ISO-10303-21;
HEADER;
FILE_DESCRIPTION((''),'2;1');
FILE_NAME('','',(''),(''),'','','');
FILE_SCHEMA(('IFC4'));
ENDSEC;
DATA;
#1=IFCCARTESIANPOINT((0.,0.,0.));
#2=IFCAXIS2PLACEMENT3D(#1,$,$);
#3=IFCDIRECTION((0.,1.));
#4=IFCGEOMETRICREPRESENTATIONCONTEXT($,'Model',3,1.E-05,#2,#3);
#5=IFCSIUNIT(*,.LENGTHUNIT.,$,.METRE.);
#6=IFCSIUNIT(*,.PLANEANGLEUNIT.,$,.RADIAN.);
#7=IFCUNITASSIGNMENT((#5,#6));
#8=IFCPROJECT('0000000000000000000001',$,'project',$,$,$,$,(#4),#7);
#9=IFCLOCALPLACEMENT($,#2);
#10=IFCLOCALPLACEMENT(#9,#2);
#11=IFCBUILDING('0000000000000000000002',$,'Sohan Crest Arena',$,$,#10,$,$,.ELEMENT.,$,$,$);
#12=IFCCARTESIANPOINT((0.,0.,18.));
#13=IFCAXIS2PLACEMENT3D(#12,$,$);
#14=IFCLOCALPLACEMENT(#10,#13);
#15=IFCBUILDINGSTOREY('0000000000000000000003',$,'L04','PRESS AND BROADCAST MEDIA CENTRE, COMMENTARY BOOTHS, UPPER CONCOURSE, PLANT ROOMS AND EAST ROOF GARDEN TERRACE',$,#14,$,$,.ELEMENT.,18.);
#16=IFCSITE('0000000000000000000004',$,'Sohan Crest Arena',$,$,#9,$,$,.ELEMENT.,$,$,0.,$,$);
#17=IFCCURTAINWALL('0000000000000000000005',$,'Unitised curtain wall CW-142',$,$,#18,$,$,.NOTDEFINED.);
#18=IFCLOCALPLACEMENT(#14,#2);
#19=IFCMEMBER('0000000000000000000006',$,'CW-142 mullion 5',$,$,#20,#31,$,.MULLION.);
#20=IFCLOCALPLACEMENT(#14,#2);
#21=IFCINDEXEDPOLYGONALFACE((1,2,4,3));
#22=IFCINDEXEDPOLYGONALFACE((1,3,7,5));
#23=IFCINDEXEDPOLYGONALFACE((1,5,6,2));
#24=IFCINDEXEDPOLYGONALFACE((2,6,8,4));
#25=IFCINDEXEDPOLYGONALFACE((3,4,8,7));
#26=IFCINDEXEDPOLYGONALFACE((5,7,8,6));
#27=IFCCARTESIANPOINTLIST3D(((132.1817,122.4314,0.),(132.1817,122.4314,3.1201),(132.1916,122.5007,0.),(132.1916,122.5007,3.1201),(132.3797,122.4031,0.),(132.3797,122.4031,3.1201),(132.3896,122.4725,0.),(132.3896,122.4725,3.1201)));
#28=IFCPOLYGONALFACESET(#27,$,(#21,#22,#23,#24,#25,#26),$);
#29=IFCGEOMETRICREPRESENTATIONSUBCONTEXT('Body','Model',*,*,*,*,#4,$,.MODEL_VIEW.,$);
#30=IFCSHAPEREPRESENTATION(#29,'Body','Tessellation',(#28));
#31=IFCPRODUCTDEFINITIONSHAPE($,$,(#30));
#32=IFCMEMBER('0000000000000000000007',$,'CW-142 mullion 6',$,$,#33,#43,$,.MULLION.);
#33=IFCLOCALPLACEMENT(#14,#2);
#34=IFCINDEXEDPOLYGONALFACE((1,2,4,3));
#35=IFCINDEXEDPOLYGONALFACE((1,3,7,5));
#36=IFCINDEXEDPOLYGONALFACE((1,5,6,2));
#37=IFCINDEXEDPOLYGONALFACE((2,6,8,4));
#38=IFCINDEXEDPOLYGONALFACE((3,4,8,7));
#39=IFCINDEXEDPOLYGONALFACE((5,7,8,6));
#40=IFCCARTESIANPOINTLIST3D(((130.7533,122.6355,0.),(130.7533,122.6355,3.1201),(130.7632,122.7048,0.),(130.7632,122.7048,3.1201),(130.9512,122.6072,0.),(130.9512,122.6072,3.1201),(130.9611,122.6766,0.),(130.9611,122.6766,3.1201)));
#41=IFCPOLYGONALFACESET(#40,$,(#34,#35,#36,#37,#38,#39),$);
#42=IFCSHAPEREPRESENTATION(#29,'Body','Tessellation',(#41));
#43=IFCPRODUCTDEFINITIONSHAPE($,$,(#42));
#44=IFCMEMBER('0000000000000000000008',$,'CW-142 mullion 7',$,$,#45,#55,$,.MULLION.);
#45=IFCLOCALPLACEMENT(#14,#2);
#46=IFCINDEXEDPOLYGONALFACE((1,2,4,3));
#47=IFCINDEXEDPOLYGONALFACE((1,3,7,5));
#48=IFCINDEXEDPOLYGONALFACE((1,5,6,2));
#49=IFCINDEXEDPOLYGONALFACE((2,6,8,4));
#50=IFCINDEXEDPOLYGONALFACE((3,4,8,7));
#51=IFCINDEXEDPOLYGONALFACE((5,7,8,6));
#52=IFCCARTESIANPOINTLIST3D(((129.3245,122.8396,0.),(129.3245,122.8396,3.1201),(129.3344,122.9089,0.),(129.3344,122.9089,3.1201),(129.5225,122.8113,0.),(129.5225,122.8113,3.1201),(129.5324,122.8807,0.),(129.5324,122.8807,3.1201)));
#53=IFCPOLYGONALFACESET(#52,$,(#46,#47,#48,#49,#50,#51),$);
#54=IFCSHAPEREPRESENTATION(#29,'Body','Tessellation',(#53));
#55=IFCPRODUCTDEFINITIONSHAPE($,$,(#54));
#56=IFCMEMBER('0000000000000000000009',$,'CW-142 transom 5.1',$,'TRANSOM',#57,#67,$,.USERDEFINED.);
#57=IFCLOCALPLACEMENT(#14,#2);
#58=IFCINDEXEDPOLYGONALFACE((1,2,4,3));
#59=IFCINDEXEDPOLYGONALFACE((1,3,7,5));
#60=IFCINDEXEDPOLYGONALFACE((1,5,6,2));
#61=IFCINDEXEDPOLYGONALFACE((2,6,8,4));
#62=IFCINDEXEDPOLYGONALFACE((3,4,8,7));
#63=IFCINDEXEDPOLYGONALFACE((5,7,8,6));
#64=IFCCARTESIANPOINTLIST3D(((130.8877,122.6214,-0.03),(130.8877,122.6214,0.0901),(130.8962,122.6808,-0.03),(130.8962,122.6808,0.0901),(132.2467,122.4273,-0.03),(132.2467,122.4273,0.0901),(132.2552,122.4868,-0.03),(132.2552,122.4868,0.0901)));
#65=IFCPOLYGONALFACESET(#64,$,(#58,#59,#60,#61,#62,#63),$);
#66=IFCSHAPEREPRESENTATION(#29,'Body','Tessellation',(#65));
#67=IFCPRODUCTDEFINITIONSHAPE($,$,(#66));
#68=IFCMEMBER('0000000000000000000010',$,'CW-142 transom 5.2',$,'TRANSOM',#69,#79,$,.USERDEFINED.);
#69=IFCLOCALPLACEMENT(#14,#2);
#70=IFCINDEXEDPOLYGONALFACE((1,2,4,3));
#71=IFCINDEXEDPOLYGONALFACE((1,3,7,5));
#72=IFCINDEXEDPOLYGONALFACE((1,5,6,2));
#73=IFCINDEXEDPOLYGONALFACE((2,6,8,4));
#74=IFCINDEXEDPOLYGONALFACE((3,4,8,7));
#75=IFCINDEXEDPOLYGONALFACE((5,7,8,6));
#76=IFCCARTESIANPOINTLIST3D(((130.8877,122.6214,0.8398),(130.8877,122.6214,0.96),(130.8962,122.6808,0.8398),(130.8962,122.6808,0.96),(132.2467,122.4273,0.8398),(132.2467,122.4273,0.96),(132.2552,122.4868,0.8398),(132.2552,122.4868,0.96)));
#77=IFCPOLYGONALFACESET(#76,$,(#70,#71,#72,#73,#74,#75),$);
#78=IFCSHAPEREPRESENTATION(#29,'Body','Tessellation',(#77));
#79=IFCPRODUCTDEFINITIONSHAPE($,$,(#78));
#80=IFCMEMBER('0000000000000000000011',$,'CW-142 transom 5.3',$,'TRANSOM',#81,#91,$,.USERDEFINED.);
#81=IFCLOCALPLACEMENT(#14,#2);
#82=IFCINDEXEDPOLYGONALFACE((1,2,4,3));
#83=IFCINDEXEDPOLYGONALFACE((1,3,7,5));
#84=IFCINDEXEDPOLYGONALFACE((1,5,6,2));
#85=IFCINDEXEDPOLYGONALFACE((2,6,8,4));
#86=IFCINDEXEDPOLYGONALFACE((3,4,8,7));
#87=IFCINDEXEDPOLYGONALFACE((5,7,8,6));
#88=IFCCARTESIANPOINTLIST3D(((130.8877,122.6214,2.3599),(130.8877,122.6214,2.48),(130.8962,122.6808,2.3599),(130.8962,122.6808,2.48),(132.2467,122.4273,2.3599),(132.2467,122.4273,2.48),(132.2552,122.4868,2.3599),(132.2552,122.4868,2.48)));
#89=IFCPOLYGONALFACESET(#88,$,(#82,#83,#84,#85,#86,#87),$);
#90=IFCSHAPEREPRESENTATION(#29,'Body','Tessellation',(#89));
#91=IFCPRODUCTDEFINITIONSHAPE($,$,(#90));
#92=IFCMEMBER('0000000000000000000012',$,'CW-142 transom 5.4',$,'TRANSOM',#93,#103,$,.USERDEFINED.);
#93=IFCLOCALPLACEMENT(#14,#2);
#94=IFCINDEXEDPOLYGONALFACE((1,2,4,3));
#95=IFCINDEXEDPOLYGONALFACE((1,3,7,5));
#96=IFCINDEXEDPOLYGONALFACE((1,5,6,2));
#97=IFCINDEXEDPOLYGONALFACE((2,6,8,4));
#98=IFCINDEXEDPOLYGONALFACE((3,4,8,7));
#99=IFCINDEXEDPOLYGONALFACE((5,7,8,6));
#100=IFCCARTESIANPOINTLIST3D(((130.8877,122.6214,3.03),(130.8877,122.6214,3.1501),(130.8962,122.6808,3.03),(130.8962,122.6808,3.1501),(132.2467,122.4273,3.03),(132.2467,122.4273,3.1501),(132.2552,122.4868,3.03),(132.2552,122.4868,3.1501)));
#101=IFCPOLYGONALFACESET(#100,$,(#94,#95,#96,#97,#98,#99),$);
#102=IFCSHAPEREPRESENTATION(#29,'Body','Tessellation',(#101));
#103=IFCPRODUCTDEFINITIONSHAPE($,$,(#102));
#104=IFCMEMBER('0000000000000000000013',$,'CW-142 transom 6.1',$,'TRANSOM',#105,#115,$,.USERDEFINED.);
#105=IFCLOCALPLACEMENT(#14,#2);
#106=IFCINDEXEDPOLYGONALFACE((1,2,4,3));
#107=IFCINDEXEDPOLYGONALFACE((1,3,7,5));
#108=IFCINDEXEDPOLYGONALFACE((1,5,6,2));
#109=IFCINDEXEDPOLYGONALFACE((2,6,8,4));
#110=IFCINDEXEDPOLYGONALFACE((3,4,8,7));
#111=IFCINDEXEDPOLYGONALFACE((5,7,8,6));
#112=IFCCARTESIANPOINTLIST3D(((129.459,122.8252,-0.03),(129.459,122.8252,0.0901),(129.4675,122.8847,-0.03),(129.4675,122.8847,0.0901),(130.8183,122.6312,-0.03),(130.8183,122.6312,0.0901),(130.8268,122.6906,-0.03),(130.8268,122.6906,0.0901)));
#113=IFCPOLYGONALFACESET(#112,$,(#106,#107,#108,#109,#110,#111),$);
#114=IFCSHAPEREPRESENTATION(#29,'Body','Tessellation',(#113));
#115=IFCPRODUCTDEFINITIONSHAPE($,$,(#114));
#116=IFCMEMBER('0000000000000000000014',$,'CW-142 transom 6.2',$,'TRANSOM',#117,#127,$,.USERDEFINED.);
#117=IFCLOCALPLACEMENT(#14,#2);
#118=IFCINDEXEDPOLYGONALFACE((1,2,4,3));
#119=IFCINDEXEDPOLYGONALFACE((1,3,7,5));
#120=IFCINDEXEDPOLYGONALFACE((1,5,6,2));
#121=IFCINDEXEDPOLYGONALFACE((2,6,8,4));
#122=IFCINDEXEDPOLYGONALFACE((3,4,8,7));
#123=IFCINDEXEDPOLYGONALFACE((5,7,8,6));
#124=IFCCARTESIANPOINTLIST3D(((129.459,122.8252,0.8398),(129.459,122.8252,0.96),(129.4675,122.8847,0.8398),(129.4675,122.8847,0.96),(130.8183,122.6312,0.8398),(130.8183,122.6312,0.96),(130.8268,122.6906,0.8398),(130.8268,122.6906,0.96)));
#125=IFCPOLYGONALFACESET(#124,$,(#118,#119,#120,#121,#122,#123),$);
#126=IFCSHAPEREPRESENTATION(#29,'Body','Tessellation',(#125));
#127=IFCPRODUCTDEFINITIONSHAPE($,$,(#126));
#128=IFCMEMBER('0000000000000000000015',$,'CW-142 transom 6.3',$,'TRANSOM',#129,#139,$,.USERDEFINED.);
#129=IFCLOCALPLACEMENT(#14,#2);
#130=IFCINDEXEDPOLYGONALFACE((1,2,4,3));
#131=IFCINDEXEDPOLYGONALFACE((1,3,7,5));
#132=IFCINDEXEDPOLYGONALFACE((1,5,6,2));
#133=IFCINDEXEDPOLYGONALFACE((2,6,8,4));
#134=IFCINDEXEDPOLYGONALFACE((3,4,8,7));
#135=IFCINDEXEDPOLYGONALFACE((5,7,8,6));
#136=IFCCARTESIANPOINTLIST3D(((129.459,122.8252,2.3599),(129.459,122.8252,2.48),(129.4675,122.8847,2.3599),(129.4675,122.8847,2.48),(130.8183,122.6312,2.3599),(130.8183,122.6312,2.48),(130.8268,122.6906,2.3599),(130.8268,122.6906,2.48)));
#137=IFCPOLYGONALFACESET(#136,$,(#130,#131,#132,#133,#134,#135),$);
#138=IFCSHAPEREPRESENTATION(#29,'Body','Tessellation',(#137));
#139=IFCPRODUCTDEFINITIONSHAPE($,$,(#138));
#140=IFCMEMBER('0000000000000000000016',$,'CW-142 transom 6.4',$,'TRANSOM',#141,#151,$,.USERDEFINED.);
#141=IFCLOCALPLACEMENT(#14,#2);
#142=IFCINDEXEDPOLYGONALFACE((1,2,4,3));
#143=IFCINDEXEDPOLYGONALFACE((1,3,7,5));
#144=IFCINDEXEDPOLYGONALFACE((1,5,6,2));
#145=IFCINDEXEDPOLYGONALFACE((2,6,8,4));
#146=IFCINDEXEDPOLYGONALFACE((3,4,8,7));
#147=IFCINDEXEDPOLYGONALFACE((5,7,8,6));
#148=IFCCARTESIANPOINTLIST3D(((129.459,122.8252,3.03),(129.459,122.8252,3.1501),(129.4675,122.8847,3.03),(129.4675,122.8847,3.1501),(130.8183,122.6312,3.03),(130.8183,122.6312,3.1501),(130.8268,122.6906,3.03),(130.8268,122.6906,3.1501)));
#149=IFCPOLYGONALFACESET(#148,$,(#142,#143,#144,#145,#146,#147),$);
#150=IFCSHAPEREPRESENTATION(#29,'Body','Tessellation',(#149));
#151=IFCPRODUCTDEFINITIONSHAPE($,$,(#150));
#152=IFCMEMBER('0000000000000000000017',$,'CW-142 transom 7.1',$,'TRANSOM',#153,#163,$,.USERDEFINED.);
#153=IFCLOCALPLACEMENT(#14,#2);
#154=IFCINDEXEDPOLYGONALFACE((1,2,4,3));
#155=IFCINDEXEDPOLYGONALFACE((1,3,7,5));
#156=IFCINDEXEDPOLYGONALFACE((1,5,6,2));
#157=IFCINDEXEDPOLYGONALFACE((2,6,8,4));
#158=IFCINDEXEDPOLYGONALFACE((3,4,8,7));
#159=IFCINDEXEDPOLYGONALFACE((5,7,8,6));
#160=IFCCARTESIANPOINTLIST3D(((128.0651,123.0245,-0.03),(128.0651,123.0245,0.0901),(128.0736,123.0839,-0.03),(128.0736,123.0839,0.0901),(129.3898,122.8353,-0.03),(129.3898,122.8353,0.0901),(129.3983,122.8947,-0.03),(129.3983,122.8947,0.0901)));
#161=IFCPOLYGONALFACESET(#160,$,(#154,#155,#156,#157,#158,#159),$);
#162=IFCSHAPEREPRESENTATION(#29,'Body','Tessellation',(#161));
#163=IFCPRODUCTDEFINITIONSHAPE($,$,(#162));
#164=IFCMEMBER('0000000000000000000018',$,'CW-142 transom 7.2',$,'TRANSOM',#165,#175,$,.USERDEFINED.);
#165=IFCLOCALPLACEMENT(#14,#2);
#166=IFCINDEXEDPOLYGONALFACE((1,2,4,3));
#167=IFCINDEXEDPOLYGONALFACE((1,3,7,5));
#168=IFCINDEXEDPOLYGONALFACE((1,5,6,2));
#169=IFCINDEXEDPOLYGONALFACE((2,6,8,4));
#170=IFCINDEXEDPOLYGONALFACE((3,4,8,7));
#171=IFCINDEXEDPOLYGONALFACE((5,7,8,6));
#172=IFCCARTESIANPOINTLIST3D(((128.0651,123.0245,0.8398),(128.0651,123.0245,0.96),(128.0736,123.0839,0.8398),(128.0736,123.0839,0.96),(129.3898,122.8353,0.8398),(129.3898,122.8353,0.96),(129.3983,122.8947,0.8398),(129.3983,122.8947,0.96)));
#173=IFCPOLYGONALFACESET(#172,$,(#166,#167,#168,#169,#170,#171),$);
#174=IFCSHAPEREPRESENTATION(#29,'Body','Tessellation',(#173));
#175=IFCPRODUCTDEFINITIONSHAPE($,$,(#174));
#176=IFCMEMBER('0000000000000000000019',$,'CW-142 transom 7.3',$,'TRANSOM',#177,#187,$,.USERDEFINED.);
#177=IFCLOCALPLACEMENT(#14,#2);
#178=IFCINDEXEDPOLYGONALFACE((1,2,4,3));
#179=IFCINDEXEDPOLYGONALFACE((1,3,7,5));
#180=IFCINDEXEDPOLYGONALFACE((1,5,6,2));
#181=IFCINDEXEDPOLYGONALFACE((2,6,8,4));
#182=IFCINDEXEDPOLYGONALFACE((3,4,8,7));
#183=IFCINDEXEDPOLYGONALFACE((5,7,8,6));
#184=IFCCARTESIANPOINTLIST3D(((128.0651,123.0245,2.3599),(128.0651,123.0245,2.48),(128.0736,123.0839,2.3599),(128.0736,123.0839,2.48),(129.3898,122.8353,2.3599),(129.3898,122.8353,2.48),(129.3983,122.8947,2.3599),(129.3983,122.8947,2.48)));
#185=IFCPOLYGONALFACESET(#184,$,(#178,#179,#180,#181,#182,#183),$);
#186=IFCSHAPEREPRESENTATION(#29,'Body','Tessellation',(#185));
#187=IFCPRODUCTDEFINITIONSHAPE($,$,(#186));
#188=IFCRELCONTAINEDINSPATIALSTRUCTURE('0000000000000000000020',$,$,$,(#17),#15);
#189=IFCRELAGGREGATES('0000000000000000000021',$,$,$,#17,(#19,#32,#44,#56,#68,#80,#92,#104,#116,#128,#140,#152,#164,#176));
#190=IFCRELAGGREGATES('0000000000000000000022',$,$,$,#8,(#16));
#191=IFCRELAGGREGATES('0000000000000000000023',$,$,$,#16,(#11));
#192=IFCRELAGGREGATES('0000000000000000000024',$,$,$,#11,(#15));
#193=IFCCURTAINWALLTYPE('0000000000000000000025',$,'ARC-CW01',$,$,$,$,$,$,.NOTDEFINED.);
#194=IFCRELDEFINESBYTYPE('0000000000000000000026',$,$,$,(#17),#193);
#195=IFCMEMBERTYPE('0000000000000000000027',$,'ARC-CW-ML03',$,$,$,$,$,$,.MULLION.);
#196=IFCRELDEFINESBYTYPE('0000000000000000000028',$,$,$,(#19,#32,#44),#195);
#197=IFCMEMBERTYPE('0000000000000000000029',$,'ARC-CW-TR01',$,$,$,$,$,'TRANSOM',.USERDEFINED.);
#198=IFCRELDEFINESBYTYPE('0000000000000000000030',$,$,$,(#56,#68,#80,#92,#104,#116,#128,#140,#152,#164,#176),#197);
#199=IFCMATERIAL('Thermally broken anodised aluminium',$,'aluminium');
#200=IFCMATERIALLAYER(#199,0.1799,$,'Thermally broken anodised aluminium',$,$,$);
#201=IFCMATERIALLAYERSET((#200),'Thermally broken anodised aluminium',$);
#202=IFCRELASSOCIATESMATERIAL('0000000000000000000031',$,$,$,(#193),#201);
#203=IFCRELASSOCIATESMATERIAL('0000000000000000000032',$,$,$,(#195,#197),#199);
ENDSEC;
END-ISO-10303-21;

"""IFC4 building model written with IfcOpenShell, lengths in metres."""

from ifc_helpers import new_model, si_unit, direction, frame, origin, origin_2d, place, context, subcontext, project, spatial, rectangle, extrude, material, layer, layer_set, material_profile, profile_set, type_object, element, aggregate, save


model = new_model("IFC4")

# Units and contexts
model_context = context("Model", 3, precision=1e-05, world=origin(), true_north=direction((0.0, 1.0)))
body_context = subcontext(model_context, "Body", "Model", "MODEL_VIEW")
ifc_project = project(units=[si_unit("LENGTHUNIT", "METRE"), si_unit("PLANEANGLEUNIT", "RADIAN")], contexts=[model_context])

# Site, building, storey
site_placement = place(None, origin())
site = spatial("IfcSite", under=ifc_project, at=site_placement, Name="Sohan Crest Arena", CompositionType="ELEMENT", RefElevation=0.0)
building_placement = place(site_placement, origin())
building = spatial("IfcBuilding", under=site, at=building_placement, Name="Sohan Crest Arena", CompositionType="ELEMENT")
storey_placement = place(building_placement, frame((0.0, 0.0, 18.0)))
storey = spatial("IfcBuildingStorey", under=building, at=storey_placement, Name="L04", Description="PRESS AND BROADCAST MEDIA CENTRE, COMMENTARY BOOTHS, UPPER CONCOURSE, PLANT ROOMS AND EAST ROOF GARDEN TERRACE", CompositionType="ELEMENT", Elevation=18.0)

# Curtain wall, members
ifc_material_1 = material(Name="Thermally broken anodised aluminium", Category="aluminium")
ifc_layer_1 = layer(ifc_material_1, 0.1799, Name="Thermally broken anodised aluminium")
ifc_layer_set_1 = layer_set([ifc_layer_1], Name="Thermally broken anodised aluminium")
curtain_wall_type = type_object("IfcCurtainWallType", Name="ARC-CW01", PredefinedType="NOTDEFINED", material=ifc_layer_set_1)
curtain_wall_placement = place(storey_placement, origin())
curtain_wall = element("IfcCurtainWall", 1, at=curtain_wall_placement, inside=storey, type_object=curtain_wall_type, Name="Unitised curtain wall CW-142", PredefinedType="NOTDEFINED")
ifc_material_profile_1 = material_profile(ifc_material_1, rectangle(XDim=0.0701, YDim=0.2, at=origin_2d()), Name="ALU-MULL 70x200")
ifc_profile_set_1 = profile_set([ifc_material_profile_1], Name="Thermally broken anodised aluminium")
member_type_1 = type_object("IfcMemberType", Name="ARC-CW-ML03", PredefinedType="MULLION", material=ifc_profile_set_1)
member_1_placement = place(storey_placement, frame((132.2856, 122.4519, 0.0), z_axis=(0.0, 0.0, 1.0), x_axis=(-0.141366, -0.989957, 0.0)))
member_1 = element("IfcMember", 2, at=member_1_placement, type_object=member_type_1, Name="CW-142 mullion 5", PredefinedType="MULLION", context=body_context, shape_type="SweptSolid", body=[
    extrude(rectangle(XDim=0.0701, YDim=0.2, at=origin_2d()), origin(), (0.0, 0.0, 1.0), 3.1201),
])
member_2_placement = place(storey_placement, frame((130.8572, 122.656, 0.0), z_axis=(0.0, 0.0, 1.0), x_axis=(-0.141366, -0.989957, 0.0)))
member_2 = element("IfcMember", 3, at=member_2_placement, type_object=member_type_1, Name="CW-142 mullion 6", PredefinedType="MULLION", context=body_context, shape_type="SweptSolid", body=[
    extrude(rectangle(XDim=0.0701, YDim=0.2, at=origin_2d()), origin(), (0.0, 0.0, 1.0), 3.1201),
])
member_3_placement = place(storey_placement, frame((129.4285, 122.8601, 0.0), z_axis=(0.0, 0.0, 1.0), x_axis=(-0.141366, -0.989957, 0.0)))
member_3 = element("IfcMember", 4, at=member_3_placement, type_object=member_type_1, Name="CW-142 mullion 7", PredefinedType="MULLION", context=body_context, shape_type="SweptSolid", body=[
    extrude(rectangle(XDim=0.0701, YDim=0.2, at=origin_2d()), origin(), (0.0, 0.0, 1.0), 3.1201),
])
ifc_material_profile_2 = material_profile(ifc_material_1, rectangle(XDim=0.0601, YDim=0.1201, at=origin_2d()), Name="ALU-TRAN 60x120")
ifc_profile_set_2 = profile_set([ifc_material_profile_2], Name="Thermally broken anodised aluminium")
member_type_2 = type_object("IfcMemberType", Name="ARC-CW-TR01", ElementType="TRANSOM", PredefinedType="USERDEFINED", material=ifc_profile_set_2)
member_4_placement = place(storey_placement, frame((132.251, 122.457, 0.03), z_axis=(-0.989957, 0.141372, 0.0), x_axis=(-0.141372, -0.989957, 0.0)))
member_4 = element("IfcMember", 5, at=member_4_placement, type_object=member_type_2, Name="CW-142 transom 5.1", ObjectType="TRANSOM", PredefinedType="USERDEFINED", context=body_context, shape_type="SweptSolid", body=[
    extrude(rectangle(XDim=0.0601, YDim=0.1201, at=origin_2d()), origin(), (0.0, 0.0, 1.0), 1.3728),
])
member_5_placement = place(storey_placement, frame((132.251, 122.457, 0.8999), z_axis=(-0.989957, 0.141372, 0.0), x_axis=(-0.141372, -0.989957, 0.0)))
member_5 = element("IfcMember", 6, at=member_5_placement, type_object=member_type_2, Name="CW-142 transom 5.2", ObjectType="TRANSOM", PredefinedType="USERDEFINED", context=body_context, shape_type="SweptSolid", body=[
    extrude(rectangle(XDim=0.0601, YDim=0.1201, at=origin_2d()), origin(), (0.0, 0.0, 1.0), 1.3728),
])
member_6_placement = place(storey_placement, frame((132.251, 122.457, 2.4199), z_axis=(-0.989957, 0.141372, 0.0), x_axis=(-0.141372, -0.989957, 0.0)))
member_6 = element("IfcMember", 7, at=member_6_placement, type_object=member_type_2, Name="CW-142 transom 5.3", ObjectType="TRANSOM", PredefinedType="USERDEFINED", context=body_context, shape_type="SweptSolid", body=[
    extrude(rectangle(XDim=0.0601, YDim=0.1201, at=origin_2d()), origin(), (0.0, 0.0, 1.0), 1.3728),
])
member_7_placement = place(storey_placement, frame((132.251, 122.457, 3.0901), z_axis=(-0.989957, 0.141372, 0.0), x_axis=(-0.141372, -0.989957, 0.0)))
member_7 = element("IfcMember", 8, at=member_7_placement, type_object=member_type_2, Name="CW-142 transom 5.4", ObjectType="TRANSOM", PredefinedType="USERDEFINED", context=body_context, shape_type="SweptSolid", body=[
    extrude(rectangle(XDim=0.0601, YDim=0.1201, at=origin_2d()), origin(), (0.0, 0.0, 1.0), 1.3728),
])
member_8_placement = place(storey_placement, frame((130.8225, 122.6609, 0.03), z_axis=(-0.98996, 0.141347, 0.0), x_axis=(-0.141347, -0.98996, 0.0)))
member_8 = element("IfcMember", 9, at=member_8_placement, type_object=member_type_2, Name="CW-142 transom 6.1", ObjectType="TRANSOM", PredefinedType="USERDEFINED", context=body_context, shape_type="SweptSolid", body=[
    extrude(rectangle(XDim=0.0601, YDim=0.1201, at=origin_2d()), origin(), (0.0, 0.0, 1.0), 1.373),
])
member_9_placement = place(storey_placement, frame((130.8225, 122.6609, 0.8999), z_axis=(-0.98996, 0.141347, 0.0), x_axis=(-0.141347, -0.98996, 0.0)))
member_9 = element("IfcMember", 10, at=member_9_placement, type_object=member_type_2, Name="CW-142 transom 6.2", ObjectType="TRANSOM", PredefinedType="USERDEFINED", context=body_context, shape_type="SweptSolid", body=[
    extrude(rectangle(XDim=0.0601, YDim=0.1201, at=origin_2d()), origin(), (0.0, 0.0, 1.0), 1.373),
])
member_10_placement = place(storey_placement, frame((130.8225, 122.6609, 2.4199), z_axis=(-0.98996, 0.141347, 0.0), x_axis=(-0.141347, -0.98996, 0.0)))
member_10 = element("IfcMember", 11, at=member_10_placement, type_object=member_type_2, Name="CW-142 transom 6.3", ObjectType="TRANSOM", PredefinedType="USERDEFINED", context=body_context, shape_type="SweptSolid", body=[
    extrude(rectangle(XDim=0.0601, YDim=0.1201, at=origin_2d()), origin(), (0.0, 0.0, 1.0), 1.373),
])
member_11_placement = place(storey_placement, frame((130.8225, 122.6609, 3.0901), z_axis=(-0.98996, 0.141347, 0.0), x_axis=(-0.141347, -0.98996, 0.0)))
member_11 = element("IfcMember", 12, at=member_11_placement, type_object=member_type_2, Name="CW-142 transom 6.4", ObjectType="TRANSOM", PredefinedType="USERDEFINED", context=body_context, shape_type="SweptSolid", body=[
    extrude(rectangle(XDim=0.0601, YDim=0.1201, at=origin_2d()), origin(), (0.0, 0.0, 1.0), 1.373),
])
member_12_placement = place(storey_placement, frame((129.394, 122.865, 0.03), z_axis=(-0.989953, 0.141396, 0.0), x_axis=(-0.141396, -0.989953, 0.0)))
member_12 = element("IfcMember", 13, at=member_12_placement, type_object=member_type_2, Name="CW-142 transom 7.1", ObjectType="TRANSOM", PredefinedType="USERDEFINED", context=body_context, shape_type="SweptSolid", body=[
    extrude(rectangle(XDim=0.0601, YDim=0.1201, at=origin_2d()), origin(), (0.0, 0.0, 1.0), 1.3381),
])
member_13_placement = place(storey_placement, frame((129.394, 122.865, 0.8999), z_axis=(-0.989953, 0.141396, 0.0), x_axis=(-0.141396, -0.989953, 0.0)))
member_13 = element("IfcMember", 14, at=member_13_placement, type_object=member_type_2, Name="CW-142 transom 7.2", ObjectType="TRANSOM", PredefinedType="USERDEFINED", context=body_context, shape_type="SweptSolid", body=[
    extrude(rectangle(XDim=0.0601, YDim=0.1201, at=origin_2d()), origin(), (0.0, 0.0, 1.0), 1.3381),
])
member_14_placement = place(storey_placement, frame((129.394, 122.865, 2.4199), z_axis=(-0.989953, 0.141396, 0.0), x_axis=(-0.141396, -0.989953, 0.0)))
member_14 = element("IfcMember", 15, at=member_14_placement, type_object=member_type_2, Name="CW-142 transom 7.3", ObjectType="TRANSOM", PredefinedType="USERDEFINED", context=body_context, shape_type="SweptSolid", body=[
    extrude(rectangle(XDim=0.0601, YDim=0.1201, at=origin_2d()), origin(), (0.0, 0.0, 1.0), 1.3381),
])
aggregate(curtain_wall, [member_1, member_2, member_3, member_4, member_5, member_6, member_7, member_8, member_9, member_10, member_11, member_12, member_13, member_14])

save(model, "model.ifc")
